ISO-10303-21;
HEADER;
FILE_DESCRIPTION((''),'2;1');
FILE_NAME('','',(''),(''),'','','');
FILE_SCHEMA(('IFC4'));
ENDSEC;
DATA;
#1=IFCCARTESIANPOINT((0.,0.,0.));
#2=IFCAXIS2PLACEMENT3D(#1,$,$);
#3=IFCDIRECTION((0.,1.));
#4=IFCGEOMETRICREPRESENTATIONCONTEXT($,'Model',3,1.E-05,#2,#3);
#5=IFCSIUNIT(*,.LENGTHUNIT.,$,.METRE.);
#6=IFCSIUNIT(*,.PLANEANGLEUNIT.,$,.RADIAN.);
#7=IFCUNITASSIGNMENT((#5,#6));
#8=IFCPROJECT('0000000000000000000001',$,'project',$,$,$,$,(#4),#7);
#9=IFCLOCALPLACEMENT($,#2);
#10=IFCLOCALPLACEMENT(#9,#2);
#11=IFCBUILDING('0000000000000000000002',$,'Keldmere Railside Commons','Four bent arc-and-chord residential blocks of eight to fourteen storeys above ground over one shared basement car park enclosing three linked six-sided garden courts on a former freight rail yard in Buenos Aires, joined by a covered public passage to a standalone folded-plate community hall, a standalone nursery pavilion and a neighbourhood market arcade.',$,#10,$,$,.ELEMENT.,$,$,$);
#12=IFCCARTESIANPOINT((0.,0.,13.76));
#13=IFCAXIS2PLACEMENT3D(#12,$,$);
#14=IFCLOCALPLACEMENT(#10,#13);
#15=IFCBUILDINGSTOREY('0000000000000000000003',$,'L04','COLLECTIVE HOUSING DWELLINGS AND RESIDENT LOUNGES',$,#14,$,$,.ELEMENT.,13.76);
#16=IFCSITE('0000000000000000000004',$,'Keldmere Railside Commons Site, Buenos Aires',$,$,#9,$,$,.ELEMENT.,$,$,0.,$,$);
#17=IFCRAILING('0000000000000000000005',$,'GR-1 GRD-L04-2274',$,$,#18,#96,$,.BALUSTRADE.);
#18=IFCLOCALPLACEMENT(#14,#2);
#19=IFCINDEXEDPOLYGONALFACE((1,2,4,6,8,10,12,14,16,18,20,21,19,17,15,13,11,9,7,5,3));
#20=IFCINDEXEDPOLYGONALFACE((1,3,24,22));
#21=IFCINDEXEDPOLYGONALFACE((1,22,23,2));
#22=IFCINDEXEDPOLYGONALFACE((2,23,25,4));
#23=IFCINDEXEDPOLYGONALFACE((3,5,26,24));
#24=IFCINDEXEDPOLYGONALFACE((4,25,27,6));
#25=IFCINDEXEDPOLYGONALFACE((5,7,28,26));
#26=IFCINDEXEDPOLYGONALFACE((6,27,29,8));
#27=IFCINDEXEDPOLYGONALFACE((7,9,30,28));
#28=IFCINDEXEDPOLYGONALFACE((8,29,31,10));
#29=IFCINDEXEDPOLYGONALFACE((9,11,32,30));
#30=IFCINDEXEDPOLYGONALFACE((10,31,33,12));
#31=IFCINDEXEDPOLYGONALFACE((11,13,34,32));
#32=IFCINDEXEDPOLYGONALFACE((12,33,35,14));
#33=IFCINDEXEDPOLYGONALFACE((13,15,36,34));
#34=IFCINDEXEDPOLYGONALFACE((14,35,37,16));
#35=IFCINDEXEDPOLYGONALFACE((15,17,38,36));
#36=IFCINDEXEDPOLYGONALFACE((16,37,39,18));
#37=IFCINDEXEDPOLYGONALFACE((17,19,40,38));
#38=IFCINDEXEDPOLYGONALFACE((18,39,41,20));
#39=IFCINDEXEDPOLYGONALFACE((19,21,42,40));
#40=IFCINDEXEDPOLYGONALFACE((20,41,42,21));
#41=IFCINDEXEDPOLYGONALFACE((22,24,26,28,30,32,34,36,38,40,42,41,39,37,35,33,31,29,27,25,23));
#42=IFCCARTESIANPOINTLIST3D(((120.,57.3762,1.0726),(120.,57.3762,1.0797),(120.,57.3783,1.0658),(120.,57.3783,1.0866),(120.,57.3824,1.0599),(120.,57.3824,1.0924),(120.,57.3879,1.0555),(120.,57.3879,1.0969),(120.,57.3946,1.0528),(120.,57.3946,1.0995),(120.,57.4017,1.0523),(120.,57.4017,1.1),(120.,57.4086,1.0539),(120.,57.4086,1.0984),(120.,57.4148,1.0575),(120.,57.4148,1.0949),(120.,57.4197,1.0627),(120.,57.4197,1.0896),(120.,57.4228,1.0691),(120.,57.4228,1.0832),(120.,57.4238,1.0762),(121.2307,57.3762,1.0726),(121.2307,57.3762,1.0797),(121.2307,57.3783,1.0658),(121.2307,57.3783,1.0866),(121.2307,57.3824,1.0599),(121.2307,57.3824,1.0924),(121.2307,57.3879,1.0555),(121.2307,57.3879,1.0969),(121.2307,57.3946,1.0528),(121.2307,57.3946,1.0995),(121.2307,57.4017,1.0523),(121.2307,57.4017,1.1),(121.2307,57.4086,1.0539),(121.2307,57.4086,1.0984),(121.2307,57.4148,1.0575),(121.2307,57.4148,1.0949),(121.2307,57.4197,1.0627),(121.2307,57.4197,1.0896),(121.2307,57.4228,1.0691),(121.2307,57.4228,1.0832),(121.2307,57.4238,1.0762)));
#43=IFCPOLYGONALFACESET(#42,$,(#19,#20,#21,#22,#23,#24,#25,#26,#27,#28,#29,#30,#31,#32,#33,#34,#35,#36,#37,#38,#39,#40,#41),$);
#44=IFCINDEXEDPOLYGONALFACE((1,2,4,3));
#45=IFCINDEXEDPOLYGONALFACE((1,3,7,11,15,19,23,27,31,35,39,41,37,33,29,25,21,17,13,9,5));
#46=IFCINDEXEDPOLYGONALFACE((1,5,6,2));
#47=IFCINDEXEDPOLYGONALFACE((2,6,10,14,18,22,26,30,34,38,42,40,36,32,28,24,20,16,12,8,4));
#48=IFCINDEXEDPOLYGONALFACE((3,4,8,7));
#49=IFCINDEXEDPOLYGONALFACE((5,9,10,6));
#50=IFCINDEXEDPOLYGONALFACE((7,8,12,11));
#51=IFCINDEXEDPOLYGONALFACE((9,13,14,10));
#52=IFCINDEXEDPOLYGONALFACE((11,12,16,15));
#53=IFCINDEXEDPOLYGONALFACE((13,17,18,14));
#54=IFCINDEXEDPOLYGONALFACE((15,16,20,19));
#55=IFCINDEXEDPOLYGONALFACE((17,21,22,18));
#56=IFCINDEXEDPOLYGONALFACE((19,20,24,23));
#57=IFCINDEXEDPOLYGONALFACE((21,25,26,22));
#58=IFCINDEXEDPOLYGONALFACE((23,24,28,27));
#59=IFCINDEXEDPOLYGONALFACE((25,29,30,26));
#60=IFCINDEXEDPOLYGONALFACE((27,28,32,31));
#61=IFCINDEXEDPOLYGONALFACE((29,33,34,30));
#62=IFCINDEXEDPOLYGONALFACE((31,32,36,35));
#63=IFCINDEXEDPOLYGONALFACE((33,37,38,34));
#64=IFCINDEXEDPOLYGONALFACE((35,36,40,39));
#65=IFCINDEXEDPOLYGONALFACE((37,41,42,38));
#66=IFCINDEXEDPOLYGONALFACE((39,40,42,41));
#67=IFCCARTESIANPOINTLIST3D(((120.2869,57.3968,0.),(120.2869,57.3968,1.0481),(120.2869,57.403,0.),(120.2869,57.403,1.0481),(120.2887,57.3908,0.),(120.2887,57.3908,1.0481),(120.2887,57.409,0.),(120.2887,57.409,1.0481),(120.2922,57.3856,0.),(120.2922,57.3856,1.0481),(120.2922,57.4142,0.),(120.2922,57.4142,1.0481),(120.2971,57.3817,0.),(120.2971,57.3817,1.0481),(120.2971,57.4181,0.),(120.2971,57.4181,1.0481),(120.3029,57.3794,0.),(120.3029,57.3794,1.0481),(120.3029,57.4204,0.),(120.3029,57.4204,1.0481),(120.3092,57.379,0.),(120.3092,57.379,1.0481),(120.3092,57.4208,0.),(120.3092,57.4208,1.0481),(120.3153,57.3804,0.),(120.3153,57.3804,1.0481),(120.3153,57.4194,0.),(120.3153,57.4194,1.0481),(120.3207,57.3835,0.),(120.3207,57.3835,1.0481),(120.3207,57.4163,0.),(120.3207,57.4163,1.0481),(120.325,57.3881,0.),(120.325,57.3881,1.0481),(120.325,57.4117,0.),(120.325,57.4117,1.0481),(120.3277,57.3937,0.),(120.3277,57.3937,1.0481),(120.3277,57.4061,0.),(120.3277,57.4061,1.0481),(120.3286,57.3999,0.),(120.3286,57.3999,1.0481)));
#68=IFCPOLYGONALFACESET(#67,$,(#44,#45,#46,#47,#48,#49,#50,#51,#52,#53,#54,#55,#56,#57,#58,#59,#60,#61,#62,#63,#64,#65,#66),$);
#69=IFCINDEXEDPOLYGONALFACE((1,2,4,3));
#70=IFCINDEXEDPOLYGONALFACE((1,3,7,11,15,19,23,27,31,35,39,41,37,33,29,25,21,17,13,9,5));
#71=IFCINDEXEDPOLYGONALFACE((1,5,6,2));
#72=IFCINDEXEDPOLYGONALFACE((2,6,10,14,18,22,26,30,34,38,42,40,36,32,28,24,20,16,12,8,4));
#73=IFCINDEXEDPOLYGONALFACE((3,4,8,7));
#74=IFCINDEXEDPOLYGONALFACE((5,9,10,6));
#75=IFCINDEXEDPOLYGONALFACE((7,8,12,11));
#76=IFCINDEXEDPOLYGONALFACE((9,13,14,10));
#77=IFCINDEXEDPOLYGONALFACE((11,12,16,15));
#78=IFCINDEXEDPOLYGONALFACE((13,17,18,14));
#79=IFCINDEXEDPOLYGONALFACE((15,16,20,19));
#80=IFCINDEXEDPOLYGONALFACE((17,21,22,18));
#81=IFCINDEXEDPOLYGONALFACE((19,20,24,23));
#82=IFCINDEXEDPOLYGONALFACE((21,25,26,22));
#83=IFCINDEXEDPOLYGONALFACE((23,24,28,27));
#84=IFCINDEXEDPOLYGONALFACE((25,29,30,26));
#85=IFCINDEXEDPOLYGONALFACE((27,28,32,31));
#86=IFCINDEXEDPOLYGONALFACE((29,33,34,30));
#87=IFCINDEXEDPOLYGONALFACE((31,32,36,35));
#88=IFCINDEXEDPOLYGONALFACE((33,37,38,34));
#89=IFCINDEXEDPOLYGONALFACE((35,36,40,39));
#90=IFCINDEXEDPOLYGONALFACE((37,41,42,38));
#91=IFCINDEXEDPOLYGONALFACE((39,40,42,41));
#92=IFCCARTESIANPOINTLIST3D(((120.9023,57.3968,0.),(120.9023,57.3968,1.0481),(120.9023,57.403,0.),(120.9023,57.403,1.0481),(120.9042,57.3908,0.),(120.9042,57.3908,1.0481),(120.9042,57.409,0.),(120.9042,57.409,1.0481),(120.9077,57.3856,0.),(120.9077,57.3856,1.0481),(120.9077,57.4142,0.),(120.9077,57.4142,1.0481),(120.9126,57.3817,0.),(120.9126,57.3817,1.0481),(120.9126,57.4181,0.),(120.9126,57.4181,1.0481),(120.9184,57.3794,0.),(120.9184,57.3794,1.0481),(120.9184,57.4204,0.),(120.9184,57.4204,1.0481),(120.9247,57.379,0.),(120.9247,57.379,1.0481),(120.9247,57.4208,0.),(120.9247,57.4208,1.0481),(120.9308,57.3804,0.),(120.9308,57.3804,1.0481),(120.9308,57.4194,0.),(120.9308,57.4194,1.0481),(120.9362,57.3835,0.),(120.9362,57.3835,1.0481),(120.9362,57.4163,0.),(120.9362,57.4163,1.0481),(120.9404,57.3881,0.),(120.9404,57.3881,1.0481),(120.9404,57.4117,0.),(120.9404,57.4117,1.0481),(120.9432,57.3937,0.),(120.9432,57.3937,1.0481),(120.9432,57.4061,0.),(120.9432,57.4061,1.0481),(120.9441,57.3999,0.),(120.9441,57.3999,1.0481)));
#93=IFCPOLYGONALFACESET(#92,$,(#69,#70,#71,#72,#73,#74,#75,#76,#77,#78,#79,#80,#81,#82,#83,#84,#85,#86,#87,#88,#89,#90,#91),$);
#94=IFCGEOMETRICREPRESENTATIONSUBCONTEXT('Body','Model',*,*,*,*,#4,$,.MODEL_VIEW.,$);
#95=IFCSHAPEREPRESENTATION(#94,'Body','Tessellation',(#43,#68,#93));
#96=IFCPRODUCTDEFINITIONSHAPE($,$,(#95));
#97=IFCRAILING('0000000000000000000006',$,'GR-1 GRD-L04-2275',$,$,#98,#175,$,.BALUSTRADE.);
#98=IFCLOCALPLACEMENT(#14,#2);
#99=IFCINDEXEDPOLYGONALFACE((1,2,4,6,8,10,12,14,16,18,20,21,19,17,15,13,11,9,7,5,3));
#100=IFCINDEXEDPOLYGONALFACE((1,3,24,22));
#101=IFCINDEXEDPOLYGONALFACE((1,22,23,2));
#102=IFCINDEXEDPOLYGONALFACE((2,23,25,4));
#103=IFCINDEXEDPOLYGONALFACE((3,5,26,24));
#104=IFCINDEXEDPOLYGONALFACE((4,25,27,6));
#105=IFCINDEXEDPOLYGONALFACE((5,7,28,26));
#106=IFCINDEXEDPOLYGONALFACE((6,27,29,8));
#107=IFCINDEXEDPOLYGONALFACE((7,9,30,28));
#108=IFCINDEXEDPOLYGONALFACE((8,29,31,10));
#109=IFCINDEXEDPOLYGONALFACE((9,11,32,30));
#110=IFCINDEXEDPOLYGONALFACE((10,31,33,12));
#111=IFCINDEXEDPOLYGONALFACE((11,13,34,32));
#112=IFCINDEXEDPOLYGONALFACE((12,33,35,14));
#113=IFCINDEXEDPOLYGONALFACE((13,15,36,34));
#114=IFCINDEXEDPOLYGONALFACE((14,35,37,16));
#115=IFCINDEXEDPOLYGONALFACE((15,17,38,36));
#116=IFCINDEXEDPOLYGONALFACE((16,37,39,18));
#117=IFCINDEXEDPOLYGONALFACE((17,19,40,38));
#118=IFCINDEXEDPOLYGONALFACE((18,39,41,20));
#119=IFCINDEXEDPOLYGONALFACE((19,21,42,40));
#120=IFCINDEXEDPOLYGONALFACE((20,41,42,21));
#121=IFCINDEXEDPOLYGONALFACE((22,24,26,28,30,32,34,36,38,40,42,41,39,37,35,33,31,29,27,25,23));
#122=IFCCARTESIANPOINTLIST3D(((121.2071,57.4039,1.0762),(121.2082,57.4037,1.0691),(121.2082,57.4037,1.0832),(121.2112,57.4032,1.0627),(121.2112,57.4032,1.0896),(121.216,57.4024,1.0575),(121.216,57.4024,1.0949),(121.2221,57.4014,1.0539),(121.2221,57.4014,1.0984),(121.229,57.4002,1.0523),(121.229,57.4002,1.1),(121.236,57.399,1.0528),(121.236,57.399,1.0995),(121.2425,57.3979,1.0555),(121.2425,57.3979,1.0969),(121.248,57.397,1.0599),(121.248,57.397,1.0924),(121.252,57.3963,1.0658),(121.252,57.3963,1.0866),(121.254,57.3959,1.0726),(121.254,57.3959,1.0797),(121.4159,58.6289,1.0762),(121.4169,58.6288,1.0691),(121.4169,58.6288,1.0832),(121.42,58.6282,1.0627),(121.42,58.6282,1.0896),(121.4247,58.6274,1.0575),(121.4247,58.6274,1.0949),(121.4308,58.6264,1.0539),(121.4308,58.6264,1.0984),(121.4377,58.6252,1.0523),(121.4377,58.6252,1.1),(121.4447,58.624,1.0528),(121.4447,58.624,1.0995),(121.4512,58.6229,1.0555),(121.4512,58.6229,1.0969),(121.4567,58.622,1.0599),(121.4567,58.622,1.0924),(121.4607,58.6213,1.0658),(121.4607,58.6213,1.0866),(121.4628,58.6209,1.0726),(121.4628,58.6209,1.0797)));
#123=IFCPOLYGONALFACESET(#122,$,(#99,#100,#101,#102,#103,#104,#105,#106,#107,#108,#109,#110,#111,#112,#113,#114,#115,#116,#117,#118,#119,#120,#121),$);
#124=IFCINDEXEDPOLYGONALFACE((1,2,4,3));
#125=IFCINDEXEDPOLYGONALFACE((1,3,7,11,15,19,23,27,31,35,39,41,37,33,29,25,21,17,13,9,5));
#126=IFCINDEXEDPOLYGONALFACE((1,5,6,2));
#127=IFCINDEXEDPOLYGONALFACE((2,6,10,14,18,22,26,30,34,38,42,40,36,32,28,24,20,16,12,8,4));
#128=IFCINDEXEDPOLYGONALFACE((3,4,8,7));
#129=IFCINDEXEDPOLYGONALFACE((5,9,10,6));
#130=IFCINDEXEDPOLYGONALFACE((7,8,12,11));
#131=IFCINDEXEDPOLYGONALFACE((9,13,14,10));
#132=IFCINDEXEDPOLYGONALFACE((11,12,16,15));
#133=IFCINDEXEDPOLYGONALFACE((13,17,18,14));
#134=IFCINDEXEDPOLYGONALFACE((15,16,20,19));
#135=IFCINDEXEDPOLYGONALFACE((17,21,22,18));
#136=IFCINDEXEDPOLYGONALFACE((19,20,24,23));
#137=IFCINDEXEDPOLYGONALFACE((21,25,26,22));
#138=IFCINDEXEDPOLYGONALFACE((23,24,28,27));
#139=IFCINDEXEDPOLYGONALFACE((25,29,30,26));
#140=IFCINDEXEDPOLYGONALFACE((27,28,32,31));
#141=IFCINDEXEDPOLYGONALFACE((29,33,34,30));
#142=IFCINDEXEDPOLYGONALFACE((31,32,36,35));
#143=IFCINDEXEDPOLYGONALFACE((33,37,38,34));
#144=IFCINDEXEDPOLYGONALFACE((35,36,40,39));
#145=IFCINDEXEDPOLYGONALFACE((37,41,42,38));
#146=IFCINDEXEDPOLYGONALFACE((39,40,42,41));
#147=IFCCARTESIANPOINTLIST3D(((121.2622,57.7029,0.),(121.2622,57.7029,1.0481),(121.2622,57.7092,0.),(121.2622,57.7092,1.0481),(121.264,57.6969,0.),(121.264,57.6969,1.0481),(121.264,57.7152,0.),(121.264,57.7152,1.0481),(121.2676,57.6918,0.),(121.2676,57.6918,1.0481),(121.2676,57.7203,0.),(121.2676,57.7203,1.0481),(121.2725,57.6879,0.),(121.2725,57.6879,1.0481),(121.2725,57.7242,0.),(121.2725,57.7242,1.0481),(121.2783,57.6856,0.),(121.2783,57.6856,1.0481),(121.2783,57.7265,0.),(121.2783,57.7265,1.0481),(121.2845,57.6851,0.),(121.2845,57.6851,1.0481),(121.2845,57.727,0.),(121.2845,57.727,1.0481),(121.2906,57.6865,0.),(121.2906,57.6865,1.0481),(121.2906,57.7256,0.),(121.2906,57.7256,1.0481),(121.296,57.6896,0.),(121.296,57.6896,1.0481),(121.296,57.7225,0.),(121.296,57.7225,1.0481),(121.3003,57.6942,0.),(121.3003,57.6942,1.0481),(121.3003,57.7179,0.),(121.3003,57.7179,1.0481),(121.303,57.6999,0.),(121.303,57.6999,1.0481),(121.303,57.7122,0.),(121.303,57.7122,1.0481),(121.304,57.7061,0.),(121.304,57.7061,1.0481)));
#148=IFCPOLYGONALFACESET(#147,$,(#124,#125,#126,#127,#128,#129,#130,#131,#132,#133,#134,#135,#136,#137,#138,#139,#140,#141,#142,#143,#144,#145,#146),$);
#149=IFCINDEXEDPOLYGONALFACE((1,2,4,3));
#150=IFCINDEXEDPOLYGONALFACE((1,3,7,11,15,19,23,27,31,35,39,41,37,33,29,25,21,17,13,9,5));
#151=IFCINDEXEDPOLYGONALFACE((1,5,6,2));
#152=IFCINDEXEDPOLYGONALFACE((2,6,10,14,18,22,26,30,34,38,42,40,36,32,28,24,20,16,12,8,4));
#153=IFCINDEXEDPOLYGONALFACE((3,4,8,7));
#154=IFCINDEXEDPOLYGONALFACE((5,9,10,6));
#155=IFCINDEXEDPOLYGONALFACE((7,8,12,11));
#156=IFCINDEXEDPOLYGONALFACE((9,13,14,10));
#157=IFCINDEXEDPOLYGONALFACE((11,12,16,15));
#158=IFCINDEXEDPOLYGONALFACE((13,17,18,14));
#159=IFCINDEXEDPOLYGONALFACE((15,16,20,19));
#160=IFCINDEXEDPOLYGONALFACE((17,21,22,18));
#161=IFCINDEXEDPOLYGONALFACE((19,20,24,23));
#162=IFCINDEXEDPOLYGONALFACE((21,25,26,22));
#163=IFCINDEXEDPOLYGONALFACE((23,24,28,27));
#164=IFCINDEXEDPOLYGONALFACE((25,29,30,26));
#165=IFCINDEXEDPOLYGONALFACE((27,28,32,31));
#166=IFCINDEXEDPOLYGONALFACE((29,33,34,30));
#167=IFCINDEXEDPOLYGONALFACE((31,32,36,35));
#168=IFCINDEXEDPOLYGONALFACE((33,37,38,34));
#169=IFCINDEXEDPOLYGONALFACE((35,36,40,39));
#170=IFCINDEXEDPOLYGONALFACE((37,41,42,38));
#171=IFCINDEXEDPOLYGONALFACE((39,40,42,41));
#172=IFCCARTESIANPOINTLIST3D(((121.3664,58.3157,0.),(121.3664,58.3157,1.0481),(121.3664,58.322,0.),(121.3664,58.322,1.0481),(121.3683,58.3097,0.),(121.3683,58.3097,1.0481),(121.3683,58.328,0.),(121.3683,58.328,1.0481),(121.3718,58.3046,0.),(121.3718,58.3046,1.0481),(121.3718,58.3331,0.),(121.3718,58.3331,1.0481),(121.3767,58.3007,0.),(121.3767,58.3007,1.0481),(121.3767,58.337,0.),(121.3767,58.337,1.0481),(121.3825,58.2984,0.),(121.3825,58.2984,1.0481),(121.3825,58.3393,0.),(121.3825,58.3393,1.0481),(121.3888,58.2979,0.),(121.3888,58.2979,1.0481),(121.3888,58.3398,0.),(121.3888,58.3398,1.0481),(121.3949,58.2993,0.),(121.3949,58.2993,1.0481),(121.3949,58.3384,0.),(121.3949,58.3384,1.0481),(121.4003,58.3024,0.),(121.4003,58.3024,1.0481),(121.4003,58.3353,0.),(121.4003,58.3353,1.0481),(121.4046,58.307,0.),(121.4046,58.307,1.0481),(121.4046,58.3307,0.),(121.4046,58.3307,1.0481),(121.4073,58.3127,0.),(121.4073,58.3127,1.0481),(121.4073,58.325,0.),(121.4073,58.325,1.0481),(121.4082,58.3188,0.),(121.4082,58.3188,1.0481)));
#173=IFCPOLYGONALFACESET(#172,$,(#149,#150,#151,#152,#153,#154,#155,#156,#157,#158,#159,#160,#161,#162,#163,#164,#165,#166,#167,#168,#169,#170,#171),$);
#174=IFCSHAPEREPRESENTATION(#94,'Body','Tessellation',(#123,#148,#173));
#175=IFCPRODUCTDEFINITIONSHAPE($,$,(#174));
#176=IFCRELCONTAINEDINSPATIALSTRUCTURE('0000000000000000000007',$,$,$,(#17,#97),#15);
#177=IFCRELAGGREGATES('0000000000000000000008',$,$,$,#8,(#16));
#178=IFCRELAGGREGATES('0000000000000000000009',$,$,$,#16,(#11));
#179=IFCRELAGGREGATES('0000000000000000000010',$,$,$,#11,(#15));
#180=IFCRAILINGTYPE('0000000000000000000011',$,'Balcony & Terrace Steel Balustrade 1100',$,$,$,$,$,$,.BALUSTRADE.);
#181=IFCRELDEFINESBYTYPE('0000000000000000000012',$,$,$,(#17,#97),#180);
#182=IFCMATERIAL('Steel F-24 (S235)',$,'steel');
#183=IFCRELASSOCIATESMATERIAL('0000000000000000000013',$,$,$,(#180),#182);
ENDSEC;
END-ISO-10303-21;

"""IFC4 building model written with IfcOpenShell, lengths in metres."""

from ifc_helpers import new_model, si_unit, direction, frame, origin, origin_2d, place, context, subcontext, project, spatial, circle, extrude, material, type_object, element, save


model = new_model("IFC4")

# Units and contexts
model_context = context("Model", 3, precision=1e-05, world=origin(), true_north=direction((0.0, 1.0)))
body_context = subcontext(model_context, "Body", "Model", "MODEL_VIEW")
ifc_project = project(units=[si_unit("LENGTHUNIT", "METRE"), si_unit("PLANEANGLEUNIT", "RADIAN")], contexts=[model_context])

# Site, building, storey
site_placement = place(None, origin())
site = spatial("IfcSite", under=ifc_project, at=site_placement, Name="Keldmere Railside Commons Site, Buenos Aires", CompositionType="ELEMENT", RefElevation=0.0)
building_placement = place(site_placement, origin())
building = spatial("IfcBuilding", under=site, at=building_placement, Name="Keldmere Railside Commons", Description="Four bent arc-and-chord residential blocks of eight to fourteen storeys above ground over one shared basement car park enclosing three linked six-sided garden courts on a former freight rail yard in Buenos Aires, joined by a covered public passage to a standalone folded-plate community hall, a standalone nursery pavilion and a neighbourhood market arcade.", CompositionType="ELEMENT")
storey_placement = place(building_placement, frame((0.0, 0.0, 13.76)))
storey = spatial("IfcBuildingStorey", under=building, at=storey_placement, Name="L04", Description="COLLECTIVE HOUSING DWELLINGS AND RESIDENT LOUNGES", CompositionType="ELEMENT", Elevation=13.76)

# Railings
ifc_material_1 = material(Name="Steel F-24 (S235)", Category="steel")
railing_type = type_object("IfcRailingType", Name="Balcony & Terrace Steel Balustrade 1100", PredefinedType="BALUSTRADE", material=ifc_material_1)
railing_1_placement = place(storey_placement, frame((120.0, 57.3999, 0.0)))
element("IfcRailing", 1, at=railing_1_placement, inside=storey, type_object=railing_type, Name="GR-1 GRD-L04-2274", PredefinedType="BALUSTRADE", context=body_context, shape_type="SweptSolid", body=[
    extrude(circle(Radius=0.0239, at=origin_2d()), frame((0.0, 0.0, 1.0762), z_axis=(1.0, 0.0, 0.0), x_axis=(0.0, 1.0, 0.0)), (0.0, 0.0, 1.0), 1.2307),
    extrude(circle(Radius=0.021, at=origin_2d()), frame((0.3076, 0.0, 0.0)), (0.0, 0.0, 1.0), 1.0481),
    extrude(circle(Radius=0.021, at=origin_2d()), frame((0.9231, 0.0, 0.0)), (0.0, 0.0, 1.0), 1.0481),
])
railing_2_placement = place(storey_placement, frame((121.2307, 57.3999, 0.0)))
element("IfcRailing", 2, at=railing_2_placement, inside=storey, type_object=railing_type, Name="GR-1 GRD-L04-2275", PredefinedType="BALUSTRADE", context=body_context, shape_type="SweptSolid", body=[
    extrude(circle(Radius=0.0239, at=origin_2d()), frame((0.0, 0.0, 1.0762), z_axis=(0.167966, 0.985793, 0.0), x_axis=(-0.985793, 0.167966, 0.0)), (0.0, 0.0, 1.0), 1.2427),
    extrude(circle(Radius=0.021, at=origin_2d()), frame((0.0522, 0.3062, 0.0)), (0.0, 0.0, 1.0), 1.0481),
    extrude(circle(Radius=0.021, at=origin_2d()), frame((0.1565, 0.9189, 0.0)), (0.0, 0.0, 1.0), 1.0481),
])

save(model, "model.ifc")
